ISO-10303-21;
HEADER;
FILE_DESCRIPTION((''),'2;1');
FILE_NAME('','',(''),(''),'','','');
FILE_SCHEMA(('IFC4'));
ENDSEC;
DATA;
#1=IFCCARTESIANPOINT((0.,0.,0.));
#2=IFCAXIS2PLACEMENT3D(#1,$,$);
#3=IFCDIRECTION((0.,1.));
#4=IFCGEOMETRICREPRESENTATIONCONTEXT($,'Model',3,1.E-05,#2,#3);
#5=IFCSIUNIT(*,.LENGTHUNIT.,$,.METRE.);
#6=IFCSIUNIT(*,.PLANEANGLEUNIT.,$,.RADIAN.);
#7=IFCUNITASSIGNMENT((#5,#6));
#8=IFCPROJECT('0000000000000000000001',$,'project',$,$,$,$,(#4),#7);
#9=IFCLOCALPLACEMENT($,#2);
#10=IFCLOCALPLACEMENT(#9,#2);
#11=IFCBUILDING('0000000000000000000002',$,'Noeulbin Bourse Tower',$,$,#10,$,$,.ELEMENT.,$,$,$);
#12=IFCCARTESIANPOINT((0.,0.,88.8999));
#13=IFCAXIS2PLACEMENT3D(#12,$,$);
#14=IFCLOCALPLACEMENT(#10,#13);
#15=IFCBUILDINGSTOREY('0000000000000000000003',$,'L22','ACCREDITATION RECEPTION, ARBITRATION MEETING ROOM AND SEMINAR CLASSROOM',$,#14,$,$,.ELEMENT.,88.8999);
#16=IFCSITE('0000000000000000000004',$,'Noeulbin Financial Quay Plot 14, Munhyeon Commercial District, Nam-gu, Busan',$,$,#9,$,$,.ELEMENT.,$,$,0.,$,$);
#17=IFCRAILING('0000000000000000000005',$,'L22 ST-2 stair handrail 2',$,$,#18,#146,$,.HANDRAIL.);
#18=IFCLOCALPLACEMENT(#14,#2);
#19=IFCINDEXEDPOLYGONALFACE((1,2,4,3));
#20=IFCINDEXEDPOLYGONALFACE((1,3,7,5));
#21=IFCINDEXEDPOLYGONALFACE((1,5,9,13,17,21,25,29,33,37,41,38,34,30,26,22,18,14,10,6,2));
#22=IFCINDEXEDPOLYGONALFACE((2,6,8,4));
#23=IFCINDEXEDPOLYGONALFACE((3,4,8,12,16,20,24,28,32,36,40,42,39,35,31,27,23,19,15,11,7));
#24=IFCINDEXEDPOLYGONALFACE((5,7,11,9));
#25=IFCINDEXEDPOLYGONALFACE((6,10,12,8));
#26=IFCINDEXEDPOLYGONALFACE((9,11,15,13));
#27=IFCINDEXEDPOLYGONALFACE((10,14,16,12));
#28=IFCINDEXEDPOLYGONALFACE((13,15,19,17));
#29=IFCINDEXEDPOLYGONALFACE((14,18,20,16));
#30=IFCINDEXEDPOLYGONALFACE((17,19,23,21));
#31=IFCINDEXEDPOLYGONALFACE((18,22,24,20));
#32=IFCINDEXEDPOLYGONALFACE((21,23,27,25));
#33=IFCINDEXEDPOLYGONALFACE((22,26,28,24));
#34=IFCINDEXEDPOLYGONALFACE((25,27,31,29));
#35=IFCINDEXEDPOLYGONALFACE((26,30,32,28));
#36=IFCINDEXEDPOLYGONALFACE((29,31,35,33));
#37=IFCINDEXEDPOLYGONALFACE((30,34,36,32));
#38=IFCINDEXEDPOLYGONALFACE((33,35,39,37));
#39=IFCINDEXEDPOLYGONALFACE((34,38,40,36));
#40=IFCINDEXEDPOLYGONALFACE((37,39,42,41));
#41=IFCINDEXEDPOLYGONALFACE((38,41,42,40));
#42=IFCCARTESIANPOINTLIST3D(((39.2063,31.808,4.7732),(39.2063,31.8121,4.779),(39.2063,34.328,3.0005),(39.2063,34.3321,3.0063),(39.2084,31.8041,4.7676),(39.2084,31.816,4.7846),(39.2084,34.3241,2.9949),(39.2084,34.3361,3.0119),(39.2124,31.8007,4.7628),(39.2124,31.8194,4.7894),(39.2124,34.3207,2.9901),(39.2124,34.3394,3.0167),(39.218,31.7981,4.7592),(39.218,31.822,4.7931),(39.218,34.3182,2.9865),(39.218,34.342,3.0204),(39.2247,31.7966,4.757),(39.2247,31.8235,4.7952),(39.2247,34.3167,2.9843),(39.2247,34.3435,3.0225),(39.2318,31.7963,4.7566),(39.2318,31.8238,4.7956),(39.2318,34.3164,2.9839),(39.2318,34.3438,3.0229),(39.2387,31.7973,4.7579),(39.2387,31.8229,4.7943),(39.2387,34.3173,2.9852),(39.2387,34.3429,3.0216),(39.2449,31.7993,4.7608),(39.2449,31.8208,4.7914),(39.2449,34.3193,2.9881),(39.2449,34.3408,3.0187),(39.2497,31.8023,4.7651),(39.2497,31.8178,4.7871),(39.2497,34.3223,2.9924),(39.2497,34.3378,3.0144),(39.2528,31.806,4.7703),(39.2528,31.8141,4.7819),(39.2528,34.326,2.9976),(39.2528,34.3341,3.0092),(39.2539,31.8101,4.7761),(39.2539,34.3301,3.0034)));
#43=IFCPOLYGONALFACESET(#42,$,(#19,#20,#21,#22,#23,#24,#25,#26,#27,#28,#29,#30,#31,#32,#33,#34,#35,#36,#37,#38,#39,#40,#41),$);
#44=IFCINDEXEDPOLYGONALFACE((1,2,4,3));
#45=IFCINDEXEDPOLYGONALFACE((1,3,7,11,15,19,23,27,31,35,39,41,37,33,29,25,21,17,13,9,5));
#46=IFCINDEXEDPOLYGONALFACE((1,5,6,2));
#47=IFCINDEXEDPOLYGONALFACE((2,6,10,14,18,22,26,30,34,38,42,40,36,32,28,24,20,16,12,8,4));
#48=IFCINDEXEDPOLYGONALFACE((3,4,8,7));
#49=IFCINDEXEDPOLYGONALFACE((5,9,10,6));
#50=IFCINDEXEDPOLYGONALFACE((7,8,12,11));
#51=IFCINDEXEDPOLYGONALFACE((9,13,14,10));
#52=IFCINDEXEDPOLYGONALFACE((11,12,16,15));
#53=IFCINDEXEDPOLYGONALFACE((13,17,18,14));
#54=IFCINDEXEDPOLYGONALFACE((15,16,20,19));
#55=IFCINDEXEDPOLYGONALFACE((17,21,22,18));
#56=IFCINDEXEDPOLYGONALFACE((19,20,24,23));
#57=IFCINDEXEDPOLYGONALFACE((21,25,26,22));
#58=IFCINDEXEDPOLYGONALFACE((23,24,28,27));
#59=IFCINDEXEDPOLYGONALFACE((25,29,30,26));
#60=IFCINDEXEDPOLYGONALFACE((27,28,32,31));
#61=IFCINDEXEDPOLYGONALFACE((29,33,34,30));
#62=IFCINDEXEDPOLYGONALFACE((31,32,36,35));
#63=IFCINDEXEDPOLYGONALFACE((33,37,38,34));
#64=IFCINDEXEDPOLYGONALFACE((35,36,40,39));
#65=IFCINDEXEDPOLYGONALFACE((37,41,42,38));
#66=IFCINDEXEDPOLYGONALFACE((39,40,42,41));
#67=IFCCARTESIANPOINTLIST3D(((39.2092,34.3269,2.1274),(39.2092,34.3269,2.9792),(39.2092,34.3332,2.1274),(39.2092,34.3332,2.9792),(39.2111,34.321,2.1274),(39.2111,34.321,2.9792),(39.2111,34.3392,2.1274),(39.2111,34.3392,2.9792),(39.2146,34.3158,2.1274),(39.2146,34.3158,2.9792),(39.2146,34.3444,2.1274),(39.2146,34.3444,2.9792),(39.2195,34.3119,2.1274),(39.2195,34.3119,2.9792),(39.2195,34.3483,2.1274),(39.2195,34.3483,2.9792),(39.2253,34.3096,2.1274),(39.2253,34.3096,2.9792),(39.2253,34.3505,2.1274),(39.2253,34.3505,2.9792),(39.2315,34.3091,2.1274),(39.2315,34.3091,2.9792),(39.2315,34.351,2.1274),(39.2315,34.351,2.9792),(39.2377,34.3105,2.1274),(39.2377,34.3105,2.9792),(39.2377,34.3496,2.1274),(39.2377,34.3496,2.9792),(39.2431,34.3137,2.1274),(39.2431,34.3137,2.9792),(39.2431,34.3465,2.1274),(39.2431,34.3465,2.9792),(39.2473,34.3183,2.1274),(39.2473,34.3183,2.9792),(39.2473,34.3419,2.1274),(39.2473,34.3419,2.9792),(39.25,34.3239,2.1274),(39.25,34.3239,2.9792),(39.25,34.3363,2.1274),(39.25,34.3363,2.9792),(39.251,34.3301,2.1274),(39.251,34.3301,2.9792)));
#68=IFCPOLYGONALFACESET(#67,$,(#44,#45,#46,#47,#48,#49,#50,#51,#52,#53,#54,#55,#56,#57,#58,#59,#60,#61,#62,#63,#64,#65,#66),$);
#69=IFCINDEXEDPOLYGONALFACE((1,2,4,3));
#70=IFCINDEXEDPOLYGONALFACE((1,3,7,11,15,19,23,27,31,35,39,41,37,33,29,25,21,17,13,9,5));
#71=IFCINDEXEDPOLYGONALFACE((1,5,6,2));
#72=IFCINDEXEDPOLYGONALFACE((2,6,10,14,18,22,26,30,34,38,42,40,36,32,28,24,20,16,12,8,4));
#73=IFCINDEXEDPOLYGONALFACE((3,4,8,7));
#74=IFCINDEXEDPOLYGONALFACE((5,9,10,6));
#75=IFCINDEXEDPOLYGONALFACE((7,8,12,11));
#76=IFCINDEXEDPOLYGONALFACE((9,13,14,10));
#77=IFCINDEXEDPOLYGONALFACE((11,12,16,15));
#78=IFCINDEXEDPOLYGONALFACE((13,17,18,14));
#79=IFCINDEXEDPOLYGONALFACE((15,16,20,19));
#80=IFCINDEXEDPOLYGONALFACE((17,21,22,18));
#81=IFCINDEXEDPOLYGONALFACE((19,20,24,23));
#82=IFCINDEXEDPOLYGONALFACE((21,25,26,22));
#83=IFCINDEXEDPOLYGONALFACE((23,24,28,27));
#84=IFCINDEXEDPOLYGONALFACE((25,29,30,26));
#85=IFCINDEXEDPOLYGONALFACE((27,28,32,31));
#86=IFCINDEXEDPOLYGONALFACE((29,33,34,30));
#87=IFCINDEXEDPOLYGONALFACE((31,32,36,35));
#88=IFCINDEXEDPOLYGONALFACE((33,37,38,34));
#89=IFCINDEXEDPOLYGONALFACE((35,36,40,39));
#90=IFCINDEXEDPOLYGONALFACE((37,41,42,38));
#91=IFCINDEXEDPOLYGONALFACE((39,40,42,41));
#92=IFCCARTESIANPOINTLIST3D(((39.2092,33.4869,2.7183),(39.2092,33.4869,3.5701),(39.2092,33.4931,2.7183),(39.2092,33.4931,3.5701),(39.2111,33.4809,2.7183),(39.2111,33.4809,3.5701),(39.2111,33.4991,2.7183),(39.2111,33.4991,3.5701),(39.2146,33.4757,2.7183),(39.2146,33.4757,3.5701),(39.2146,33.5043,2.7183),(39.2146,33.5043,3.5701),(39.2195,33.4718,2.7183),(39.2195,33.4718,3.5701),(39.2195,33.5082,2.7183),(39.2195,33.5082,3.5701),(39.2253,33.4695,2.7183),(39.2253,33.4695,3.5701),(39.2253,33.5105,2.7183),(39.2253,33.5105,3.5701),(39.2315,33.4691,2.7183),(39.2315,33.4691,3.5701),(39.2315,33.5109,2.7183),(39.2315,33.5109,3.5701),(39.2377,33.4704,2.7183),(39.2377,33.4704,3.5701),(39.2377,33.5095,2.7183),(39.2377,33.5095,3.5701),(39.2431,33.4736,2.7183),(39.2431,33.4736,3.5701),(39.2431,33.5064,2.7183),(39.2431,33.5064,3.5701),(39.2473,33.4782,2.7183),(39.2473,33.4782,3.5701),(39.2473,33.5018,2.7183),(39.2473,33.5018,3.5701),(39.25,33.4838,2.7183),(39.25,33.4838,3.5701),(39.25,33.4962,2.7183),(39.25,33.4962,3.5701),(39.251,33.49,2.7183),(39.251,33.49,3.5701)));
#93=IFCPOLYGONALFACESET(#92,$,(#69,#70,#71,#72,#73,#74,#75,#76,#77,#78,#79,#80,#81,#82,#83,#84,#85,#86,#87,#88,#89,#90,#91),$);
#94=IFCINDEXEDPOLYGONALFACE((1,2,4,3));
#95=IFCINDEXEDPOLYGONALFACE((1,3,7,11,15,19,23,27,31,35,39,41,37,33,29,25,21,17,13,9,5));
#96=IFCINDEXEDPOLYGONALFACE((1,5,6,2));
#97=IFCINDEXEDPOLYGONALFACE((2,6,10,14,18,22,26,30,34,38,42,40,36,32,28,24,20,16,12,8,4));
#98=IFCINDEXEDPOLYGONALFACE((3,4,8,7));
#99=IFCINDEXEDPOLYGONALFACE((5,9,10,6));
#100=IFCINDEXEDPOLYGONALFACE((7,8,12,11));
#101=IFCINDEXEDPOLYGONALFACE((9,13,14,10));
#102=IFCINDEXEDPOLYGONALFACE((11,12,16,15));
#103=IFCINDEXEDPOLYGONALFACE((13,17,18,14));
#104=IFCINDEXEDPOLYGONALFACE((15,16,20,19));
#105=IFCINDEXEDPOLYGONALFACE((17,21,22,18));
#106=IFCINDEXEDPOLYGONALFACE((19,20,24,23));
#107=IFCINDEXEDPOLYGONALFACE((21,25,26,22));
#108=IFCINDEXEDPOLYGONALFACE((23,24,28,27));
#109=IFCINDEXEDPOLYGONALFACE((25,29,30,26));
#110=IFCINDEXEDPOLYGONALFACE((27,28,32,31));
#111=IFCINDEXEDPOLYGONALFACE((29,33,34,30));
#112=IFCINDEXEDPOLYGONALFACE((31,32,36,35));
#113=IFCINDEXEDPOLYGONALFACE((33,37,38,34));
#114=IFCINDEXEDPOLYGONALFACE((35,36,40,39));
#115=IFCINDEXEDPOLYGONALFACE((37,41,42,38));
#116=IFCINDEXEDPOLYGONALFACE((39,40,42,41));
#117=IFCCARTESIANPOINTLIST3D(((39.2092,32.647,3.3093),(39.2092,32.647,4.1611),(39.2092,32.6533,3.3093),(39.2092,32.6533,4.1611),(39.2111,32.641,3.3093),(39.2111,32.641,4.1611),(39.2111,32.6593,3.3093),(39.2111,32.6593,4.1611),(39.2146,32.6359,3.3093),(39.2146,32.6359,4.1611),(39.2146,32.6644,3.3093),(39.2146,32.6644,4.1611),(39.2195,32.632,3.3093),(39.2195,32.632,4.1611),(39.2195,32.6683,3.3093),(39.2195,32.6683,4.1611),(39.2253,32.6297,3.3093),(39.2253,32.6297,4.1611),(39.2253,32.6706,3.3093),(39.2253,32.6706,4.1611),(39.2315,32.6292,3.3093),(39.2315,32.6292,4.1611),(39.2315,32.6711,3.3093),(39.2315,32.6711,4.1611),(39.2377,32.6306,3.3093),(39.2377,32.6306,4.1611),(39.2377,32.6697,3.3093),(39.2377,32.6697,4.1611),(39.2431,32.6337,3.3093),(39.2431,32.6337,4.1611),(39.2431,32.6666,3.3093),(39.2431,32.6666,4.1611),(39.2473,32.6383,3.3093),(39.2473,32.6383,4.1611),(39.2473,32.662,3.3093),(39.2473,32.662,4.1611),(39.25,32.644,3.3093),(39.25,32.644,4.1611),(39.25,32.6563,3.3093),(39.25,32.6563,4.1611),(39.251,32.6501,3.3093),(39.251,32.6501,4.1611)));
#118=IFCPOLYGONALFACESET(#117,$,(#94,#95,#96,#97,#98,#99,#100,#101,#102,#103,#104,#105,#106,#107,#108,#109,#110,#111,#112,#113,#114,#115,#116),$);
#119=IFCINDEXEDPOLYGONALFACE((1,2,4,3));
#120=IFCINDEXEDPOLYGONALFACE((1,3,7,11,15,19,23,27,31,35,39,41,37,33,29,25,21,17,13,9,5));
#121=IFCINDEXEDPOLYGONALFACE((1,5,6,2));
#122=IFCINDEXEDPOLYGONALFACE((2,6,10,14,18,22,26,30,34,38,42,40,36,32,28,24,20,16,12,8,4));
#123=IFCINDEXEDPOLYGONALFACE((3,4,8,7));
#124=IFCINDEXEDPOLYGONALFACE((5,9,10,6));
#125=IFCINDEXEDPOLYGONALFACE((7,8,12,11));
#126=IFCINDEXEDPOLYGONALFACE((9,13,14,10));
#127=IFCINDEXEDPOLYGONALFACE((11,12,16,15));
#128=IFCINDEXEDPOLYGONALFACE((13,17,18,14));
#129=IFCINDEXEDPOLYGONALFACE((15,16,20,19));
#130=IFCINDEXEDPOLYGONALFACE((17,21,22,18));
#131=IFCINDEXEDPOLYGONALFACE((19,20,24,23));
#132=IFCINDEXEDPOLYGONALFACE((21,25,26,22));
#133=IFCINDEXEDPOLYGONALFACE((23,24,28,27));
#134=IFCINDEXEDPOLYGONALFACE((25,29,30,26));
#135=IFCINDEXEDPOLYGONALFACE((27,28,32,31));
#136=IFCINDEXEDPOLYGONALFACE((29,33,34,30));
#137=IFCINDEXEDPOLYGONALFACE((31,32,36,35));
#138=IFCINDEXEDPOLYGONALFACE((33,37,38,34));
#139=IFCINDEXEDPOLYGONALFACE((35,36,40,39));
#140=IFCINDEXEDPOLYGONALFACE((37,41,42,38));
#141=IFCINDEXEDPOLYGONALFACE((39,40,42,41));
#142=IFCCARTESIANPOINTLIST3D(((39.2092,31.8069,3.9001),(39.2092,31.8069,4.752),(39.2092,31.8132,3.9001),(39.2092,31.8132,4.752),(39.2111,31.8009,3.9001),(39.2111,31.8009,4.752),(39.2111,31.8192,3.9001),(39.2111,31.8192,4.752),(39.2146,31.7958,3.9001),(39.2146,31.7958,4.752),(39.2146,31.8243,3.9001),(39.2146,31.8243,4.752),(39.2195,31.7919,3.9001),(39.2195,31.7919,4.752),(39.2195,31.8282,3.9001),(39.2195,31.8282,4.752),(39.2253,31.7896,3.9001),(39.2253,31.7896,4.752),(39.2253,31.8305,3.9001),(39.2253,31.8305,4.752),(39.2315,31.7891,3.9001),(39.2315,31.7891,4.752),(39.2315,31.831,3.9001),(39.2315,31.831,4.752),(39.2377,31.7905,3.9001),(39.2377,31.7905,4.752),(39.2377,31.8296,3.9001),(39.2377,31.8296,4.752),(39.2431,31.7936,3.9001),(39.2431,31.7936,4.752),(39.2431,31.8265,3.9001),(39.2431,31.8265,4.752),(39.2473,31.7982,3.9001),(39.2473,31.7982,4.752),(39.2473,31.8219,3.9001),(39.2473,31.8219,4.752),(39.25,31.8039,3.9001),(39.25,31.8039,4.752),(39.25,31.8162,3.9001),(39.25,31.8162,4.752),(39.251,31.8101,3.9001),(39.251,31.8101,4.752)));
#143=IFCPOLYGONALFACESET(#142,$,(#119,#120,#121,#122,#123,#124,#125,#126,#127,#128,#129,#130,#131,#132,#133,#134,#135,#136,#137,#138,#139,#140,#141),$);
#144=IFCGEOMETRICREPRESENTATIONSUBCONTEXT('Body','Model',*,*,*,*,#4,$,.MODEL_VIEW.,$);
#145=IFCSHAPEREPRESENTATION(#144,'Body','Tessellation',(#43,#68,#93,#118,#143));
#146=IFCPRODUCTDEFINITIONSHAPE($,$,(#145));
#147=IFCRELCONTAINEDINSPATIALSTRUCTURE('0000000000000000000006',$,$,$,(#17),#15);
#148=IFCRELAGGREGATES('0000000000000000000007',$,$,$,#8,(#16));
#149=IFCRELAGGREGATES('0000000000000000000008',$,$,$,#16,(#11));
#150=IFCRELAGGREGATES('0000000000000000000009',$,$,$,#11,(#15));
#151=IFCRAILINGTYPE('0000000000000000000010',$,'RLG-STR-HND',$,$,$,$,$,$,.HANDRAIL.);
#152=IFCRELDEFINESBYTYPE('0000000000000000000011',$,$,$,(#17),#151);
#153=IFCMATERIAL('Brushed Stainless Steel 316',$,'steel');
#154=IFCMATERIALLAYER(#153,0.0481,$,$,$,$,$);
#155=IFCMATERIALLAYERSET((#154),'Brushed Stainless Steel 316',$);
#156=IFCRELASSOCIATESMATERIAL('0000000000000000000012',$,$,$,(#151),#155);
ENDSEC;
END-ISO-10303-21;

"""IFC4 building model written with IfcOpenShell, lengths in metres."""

from ifc_helpers import new_model, si_unit, direction, frame, origin, origin_2d, place, context, subcontext, project, spatial, circle, extrude, material, layer, layer_set, type_object, element, save


model = new_model("IFC4")

# Units and contexts
model_context = context("Model", 3, precision=1e-05, world=origin(), true_north=direction((0.0, 1.0)))
body_context = subcontext(model_context, "Body", "Model", "MODEL_VIEW")
ifc_project = project(units=[si_unit("LENGTHUNIT", "METRE"), si_unit("PLANEANGLEUNIT", "RADIAN")], contexts=[model_context])

# Site, building, storey
site_placement = place(None, origin())
site = spatial("IfcSite", under=ifc_project, at=site_placement, Name="Noeulbin Financial Quay Plot 14, Munhyeon Commercial District, Nam-gu, Busan", CompositionType="ELEMENT", RefElevation=0.0)
building_placement = place(site_placement, origin())
building = spatial("IfcBuilding", under=site, at=building_placement, Name="Noeulbin Bourse Tower", CompositionType="ELEMENT")
storey_placement = place(building_placement, frame((0.0, 0.0, 88.8999)))
storey = spatial("IfcBuildingStorey", under=building, at=storey_placement, Name="L22", Description="ACCREDITATION RECEPTION, ARBITRATION MEETING ROOM AND SEMINAR CLASSROOM", CompositionType="ELEMENT", Elevation=88.8999)

# Shared definitions
ifc_material_1 = material(Name="Brushed Stainless Steel 316", Category="steel")

# Railing
ifc_layer_1 = layer(ifc_material_1, 0.0481)
ifc_layer_set_1 = layer_set([ifc_layer_1], Name="Brushed Stainless Steel 316")
railing_type_1 = type_object("IfcRailingType", Name="RLG-STR-HND", PredefinedType="HANDRAIL", material=ifc_layer_set_1)
railing_1_placement = place(storey_placement, frame((39.23, 34.3301, 2.1274)))
element("IfcRailing", 1, at=railing_1_placement, inside=storey, type_object=railing_type_1, Name="L22 ST-2 stair handrail 2", PredefinedType="HANDRAIL", context=body_context, shape_type="SweptSolid", body=[
    extrude(circle(Radius=0.0239, at=origin_2d()), frame((0.0, 0.0, 0.876), z_axis=(0.0, -0.817904, 0.575354), x_axis=(1.0, 0.0, 0.0)), (0.0, 0.0, 1.0), 3.0811),
    extrude(circle(Radius=0.021, at=origin_2d()), origin(), (0.0, 0.0, 1.0), 0.8518),
    extrude(circle(Radius=0.021, at=origin_2d()), frame((0.0, -0.8401, 0.5908)), (0.0, 0.0, 1.0), 0.8518),
    extrude(circle(Radius=0.021, at=origin_2d()), frame((0.0, -1.6799, 1.1819)), (0.0, 0.0, 1.0), 0.8518),
    extrude(circle(Radius=0.021, at=origin_2d()), frame((0.0, -2.52, 1.7727)), (0.0, 0.0, 1.0), 0.8518),
])

save(model, "model.ifc")
